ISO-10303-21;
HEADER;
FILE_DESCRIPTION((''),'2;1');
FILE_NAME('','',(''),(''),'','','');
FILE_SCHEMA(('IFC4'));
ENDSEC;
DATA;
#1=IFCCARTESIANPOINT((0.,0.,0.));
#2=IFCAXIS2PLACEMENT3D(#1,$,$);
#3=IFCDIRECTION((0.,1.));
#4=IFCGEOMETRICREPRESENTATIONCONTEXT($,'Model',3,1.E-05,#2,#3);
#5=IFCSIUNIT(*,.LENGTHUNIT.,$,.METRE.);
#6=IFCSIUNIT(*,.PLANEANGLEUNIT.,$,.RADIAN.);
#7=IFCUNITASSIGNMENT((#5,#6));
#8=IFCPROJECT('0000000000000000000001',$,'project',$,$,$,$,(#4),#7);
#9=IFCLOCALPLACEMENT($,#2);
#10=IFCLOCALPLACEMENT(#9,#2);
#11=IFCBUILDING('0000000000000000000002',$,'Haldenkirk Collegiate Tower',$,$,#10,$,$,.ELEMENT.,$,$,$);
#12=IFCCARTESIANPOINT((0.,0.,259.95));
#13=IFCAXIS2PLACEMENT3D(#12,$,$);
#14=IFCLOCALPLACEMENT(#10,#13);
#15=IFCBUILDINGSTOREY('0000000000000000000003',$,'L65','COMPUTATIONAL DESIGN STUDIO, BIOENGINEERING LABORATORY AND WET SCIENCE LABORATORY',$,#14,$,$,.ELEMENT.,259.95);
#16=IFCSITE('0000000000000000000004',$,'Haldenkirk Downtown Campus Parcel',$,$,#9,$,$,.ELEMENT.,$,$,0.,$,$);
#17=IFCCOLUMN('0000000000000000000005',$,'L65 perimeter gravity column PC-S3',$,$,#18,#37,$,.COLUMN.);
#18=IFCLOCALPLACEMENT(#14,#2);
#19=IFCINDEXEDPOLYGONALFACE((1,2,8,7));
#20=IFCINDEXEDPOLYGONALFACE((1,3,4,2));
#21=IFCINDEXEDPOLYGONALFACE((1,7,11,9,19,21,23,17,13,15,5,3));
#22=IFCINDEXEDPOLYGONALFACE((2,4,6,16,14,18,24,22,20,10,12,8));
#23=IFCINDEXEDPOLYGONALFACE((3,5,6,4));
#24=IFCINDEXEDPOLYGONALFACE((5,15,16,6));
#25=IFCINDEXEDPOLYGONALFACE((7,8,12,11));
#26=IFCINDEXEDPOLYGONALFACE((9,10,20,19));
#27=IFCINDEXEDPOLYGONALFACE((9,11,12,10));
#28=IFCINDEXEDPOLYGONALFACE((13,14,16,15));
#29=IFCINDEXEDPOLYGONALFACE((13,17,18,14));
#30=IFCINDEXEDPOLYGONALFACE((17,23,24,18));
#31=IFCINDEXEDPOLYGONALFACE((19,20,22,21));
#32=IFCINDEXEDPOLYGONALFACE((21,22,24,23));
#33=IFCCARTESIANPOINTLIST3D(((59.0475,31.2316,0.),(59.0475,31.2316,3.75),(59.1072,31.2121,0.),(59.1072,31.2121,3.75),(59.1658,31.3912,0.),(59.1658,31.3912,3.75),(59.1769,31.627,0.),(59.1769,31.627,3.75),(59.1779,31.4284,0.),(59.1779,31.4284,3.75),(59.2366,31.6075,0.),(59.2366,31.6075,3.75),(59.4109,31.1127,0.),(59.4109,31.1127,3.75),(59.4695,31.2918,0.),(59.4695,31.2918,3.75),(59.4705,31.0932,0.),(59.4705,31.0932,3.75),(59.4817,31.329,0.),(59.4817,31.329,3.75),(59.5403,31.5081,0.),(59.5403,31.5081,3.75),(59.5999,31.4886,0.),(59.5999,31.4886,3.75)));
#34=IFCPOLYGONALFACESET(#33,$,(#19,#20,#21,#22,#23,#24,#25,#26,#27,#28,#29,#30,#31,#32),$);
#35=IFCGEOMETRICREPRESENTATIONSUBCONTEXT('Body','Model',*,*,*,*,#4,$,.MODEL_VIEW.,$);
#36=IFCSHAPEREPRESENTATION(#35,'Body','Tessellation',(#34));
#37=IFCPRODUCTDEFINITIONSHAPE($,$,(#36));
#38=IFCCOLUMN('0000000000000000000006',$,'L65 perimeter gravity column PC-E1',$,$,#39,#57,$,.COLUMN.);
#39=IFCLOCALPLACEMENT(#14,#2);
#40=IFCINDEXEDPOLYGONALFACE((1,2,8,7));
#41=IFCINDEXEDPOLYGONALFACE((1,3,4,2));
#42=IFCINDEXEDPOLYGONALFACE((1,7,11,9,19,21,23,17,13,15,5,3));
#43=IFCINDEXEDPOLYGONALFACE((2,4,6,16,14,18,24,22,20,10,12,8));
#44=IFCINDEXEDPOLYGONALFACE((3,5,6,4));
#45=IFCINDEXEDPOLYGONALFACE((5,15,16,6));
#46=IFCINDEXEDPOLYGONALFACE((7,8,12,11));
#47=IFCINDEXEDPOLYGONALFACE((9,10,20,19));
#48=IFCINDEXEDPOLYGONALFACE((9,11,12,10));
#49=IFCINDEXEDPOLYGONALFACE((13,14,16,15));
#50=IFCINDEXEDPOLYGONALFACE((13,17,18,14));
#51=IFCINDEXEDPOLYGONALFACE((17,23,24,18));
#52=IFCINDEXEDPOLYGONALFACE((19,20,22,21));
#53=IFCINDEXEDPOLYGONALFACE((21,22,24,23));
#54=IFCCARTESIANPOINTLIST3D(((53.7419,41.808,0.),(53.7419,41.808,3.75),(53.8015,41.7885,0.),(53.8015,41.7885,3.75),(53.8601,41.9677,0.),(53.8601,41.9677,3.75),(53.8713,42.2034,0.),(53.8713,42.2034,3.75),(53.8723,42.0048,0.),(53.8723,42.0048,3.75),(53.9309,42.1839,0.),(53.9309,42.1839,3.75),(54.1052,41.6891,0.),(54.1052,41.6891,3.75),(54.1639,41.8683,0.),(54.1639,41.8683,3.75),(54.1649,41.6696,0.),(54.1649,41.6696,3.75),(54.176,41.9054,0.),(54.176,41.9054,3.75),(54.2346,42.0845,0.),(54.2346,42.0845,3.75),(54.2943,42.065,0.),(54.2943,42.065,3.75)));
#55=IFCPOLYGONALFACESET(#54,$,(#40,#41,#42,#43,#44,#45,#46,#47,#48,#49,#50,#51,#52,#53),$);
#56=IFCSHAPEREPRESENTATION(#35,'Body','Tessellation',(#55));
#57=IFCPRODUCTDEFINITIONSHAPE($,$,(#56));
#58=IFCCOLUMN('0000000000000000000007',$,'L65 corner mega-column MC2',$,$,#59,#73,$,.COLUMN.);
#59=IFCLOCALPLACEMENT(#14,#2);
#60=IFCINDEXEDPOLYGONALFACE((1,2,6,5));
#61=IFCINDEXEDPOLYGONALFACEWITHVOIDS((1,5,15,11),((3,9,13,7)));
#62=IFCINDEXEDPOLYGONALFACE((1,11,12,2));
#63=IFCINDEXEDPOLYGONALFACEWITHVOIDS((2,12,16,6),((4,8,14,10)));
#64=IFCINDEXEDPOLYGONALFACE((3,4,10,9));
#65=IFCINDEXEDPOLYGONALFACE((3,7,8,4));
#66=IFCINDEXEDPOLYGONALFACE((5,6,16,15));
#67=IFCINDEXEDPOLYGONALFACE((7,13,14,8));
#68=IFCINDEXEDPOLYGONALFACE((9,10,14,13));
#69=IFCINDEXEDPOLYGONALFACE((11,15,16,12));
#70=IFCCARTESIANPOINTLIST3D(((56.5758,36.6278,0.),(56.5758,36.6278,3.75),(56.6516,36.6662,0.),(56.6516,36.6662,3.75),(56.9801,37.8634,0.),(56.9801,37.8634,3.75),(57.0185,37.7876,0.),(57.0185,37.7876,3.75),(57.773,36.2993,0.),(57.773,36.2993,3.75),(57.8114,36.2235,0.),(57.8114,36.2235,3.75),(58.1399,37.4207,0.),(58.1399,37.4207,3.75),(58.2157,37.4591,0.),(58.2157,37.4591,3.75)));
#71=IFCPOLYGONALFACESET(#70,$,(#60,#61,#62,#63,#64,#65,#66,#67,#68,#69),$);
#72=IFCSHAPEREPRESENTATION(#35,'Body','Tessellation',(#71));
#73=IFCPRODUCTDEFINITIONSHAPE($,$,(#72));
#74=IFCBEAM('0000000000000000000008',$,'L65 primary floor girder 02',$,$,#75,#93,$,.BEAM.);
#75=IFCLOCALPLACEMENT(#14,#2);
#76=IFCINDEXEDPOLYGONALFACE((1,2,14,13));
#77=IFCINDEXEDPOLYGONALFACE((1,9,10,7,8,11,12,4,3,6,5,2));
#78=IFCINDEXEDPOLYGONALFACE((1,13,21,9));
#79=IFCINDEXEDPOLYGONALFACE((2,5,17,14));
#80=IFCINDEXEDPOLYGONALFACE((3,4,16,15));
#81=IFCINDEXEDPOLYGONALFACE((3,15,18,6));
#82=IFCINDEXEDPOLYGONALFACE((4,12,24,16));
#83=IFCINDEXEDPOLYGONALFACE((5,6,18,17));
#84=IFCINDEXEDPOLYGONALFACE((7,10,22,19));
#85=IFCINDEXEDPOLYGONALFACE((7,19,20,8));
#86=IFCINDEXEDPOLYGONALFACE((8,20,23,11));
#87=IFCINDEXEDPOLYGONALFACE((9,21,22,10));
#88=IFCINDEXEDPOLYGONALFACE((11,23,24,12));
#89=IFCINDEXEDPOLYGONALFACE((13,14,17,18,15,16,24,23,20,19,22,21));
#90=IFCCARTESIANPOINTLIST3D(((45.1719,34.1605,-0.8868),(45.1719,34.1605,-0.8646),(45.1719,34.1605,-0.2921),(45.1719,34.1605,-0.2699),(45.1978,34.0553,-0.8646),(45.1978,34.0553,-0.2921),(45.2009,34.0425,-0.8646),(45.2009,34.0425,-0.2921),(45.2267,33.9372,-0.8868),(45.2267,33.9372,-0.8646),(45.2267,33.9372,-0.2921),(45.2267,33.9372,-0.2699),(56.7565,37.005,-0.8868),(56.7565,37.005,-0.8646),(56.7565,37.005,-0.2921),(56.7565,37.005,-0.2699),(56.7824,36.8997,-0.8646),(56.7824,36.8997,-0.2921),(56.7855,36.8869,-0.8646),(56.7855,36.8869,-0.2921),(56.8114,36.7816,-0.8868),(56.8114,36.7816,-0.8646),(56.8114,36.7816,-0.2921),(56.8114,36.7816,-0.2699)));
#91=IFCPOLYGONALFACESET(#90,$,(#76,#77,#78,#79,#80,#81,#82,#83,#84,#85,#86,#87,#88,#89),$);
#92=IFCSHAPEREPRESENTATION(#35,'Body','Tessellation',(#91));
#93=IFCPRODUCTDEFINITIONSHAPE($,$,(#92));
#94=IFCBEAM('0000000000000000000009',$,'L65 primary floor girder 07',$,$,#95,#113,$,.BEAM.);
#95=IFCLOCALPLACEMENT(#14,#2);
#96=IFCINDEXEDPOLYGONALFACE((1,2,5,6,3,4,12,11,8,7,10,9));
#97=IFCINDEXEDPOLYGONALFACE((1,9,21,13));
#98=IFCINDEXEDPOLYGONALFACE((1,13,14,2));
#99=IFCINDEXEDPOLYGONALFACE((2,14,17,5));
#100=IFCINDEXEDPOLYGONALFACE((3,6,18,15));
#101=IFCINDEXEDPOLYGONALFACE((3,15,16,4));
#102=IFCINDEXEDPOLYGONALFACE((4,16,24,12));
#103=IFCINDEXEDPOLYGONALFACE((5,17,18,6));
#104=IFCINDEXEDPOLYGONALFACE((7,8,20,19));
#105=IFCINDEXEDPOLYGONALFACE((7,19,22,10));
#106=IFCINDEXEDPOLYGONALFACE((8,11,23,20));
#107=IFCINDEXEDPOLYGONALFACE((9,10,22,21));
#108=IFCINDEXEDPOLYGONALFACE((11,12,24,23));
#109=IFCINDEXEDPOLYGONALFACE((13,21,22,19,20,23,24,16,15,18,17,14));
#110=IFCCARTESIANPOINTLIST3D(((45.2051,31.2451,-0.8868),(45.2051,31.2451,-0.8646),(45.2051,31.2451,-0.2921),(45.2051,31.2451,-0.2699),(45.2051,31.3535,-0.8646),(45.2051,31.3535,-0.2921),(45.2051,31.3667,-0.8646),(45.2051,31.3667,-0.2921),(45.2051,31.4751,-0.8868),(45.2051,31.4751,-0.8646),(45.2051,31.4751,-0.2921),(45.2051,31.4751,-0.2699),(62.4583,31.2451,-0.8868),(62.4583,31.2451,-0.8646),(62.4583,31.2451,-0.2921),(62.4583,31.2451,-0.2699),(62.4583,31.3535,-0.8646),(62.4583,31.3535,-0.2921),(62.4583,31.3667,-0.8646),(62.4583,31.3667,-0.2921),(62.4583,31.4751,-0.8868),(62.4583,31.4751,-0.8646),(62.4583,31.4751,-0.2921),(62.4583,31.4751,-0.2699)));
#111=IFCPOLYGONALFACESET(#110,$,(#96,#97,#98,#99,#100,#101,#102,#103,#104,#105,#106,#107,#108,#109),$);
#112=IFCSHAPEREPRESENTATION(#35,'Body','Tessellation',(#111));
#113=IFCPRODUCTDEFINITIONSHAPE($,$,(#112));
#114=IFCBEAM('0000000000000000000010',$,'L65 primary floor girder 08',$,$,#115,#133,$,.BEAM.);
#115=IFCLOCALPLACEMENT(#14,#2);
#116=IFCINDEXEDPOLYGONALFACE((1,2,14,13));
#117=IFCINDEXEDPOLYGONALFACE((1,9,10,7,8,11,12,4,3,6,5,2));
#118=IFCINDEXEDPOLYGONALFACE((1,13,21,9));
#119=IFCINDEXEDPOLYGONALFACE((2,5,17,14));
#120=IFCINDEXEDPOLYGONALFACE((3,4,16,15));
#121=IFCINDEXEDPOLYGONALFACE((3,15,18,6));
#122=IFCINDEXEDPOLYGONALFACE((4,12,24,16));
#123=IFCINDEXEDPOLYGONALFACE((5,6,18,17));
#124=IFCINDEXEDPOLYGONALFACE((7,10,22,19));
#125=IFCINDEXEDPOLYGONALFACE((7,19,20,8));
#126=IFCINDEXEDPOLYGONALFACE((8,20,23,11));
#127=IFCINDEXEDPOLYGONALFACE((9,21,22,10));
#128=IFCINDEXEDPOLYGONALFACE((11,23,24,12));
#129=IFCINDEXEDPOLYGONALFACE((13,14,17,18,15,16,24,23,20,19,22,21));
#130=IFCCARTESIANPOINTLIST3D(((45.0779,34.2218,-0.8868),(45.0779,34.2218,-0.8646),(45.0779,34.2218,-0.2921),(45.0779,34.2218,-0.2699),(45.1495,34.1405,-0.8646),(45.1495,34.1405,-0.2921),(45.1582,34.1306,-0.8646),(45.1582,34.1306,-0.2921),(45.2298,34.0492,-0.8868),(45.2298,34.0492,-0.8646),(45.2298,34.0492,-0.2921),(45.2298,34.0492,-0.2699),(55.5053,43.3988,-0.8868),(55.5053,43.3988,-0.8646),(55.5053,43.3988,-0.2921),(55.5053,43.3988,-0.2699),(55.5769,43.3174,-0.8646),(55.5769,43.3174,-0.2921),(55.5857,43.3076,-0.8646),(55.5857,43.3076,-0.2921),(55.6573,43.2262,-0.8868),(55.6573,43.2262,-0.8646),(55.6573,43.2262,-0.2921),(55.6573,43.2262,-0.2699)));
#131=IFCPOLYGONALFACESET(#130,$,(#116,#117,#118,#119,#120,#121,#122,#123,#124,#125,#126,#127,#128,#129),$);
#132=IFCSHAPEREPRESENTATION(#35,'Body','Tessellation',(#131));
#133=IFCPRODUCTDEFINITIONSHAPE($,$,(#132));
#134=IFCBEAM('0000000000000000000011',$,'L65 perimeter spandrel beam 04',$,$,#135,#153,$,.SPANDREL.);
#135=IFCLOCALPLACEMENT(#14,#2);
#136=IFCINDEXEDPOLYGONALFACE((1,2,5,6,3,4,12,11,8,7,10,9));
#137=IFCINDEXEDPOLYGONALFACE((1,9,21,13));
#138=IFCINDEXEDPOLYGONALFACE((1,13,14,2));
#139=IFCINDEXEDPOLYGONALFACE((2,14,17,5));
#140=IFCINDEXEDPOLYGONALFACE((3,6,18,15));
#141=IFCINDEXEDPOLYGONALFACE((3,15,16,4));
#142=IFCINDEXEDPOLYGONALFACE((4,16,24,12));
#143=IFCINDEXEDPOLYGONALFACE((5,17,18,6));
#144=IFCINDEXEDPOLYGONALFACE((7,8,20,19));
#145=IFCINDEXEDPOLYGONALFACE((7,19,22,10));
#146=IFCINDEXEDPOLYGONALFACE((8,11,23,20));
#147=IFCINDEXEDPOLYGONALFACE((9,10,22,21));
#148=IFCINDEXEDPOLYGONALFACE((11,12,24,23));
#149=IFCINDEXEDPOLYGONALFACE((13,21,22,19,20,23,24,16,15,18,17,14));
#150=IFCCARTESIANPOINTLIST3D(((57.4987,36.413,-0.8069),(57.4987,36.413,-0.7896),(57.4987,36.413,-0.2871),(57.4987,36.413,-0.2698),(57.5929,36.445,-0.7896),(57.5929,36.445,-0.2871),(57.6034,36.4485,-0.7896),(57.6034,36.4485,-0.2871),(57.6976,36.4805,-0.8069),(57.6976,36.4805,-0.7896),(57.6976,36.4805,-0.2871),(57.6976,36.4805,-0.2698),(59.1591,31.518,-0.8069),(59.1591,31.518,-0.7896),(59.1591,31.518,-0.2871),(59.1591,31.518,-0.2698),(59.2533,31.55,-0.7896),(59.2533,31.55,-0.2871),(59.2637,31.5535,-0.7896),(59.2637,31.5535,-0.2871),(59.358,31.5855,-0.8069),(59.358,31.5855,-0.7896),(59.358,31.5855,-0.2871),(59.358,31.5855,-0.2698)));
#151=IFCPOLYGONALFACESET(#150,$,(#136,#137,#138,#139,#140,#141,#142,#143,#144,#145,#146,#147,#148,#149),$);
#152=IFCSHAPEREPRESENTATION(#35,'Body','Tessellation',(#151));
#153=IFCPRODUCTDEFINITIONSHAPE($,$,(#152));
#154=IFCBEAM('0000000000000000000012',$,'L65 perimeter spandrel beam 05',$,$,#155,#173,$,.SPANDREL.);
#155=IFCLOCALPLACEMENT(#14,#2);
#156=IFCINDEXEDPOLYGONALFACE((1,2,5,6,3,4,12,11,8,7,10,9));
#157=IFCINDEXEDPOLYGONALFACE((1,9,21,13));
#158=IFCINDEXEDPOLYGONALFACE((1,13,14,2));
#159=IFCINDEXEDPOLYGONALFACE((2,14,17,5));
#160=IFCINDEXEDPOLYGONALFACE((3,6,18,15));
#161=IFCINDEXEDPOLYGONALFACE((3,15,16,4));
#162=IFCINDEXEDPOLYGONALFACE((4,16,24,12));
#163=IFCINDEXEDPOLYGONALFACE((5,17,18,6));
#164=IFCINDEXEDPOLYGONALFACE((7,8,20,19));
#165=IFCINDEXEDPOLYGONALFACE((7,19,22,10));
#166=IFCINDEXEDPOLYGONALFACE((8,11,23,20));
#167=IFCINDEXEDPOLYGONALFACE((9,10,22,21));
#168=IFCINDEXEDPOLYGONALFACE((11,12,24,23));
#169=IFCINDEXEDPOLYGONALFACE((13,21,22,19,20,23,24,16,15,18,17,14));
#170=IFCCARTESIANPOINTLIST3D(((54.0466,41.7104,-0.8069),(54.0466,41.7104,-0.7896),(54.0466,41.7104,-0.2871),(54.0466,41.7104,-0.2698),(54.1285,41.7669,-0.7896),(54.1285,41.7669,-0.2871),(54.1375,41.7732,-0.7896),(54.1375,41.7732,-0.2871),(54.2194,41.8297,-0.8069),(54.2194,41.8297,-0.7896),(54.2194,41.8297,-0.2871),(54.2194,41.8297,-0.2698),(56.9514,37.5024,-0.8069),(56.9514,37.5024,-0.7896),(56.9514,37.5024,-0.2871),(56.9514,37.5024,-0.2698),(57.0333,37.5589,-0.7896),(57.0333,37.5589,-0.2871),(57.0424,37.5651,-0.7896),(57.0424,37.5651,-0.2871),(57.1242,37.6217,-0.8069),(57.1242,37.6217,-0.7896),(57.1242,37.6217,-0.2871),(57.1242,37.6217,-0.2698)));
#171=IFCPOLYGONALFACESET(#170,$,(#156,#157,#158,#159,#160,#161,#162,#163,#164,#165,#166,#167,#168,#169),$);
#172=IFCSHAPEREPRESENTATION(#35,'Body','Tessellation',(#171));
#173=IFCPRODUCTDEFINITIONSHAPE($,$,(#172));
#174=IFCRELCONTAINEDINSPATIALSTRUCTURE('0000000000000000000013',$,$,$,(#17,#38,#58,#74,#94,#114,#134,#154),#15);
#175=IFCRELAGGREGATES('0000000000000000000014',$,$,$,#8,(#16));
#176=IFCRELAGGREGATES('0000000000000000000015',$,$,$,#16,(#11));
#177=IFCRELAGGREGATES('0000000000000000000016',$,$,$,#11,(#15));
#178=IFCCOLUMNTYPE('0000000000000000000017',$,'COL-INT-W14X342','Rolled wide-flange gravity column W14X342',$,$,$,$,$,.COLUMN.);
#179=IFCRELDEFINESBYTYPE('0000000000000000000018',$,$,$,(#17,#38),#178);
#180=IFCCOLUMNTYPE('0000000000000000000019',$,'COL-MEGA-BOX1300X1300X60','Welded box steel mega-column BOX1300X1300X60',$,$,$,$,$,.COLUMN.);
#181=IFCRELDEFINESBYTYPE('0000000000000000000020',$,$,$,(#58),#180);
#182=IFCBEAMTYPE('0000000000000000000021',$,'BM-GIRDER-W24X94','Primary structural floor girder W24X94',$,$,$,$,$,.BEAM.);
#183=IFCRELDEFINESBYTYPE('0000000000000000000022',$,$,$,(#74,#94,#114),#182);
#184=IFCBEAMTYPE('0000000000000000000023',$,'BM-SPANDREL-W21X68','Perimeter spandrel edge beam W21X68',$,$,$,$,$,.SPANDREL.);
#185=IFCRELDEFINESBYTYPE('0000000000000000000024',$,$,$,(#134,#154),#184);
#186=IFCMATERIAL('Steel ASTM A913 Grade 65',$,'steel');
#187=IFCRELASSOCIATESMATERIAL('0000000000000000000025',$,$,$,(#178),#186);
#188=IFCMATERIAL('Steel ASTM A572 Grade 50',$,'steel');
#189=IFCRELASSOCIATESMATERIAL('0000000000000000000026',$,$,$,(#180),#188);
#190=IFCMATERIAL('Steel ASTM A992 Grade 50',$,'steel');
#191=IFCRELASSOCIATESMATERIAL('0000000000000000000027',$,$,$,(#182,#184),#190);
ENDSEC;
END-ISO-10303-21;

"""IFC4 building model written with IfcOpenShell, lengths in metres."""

from ifc_helpers import new_model, si_unit, direction, frame, origin, origin_2d, place, context, subcontext, project, spatial, hollow_rectangle, i_section, extrude, material, material_profile, profile_set, type_object, element, save


model = new_model("IFC4")

# Units and contexts
model_context = context("Model", 3, precision=1e-05, world=origin(), true_north=direction((0.0, 1.0)))
body_context = subcontext(model_context, "Body", "Model", "MODEL_VIEW")
ifc_project = project(units=[si_unit("LENGTHUNIT", "METRE"), si_unit("PLANEANGLEUNIT", "RADIAN")], contexts=[model_context])

# Site, building, storey
site_placement = place(None, origin())
site = spatial("IfcSite", under=ifc_project, at=site_placement, Name="Haldenkirk Downtown Campus Parcel", CompositionType="ELEMENT", RefElevation=0.0)
building_placement = place(site_placement, origin())
building = spatial("IfcBuilding", under=site, at=building_placement, Name="Haldenkirk Collegiate Tower", CompositionType="ELEMENT")
storey_placement = place(building_placement, frame((0.0, 0.0, 259.95)))
storey = spatial("IfcBuildingStorey", under=building, at=storey_placement, Name="L65", Description="COMPUTATIONAL DESIGN STUDIO, BIOENGINEERING LABORATORY AND WET SCIENCE LABORATORY", CompositionType="ELEMENT", Elevation=259.95)

# Columns
ifc_material_1 = material(Name="Steel ASTM A913 Grade 65", Category="steel")
ifc_material_profile_1 = material_profile(ifc_material_1, i_section(OverallWidth=0.416, OverallDepth=0.4451, WebThickness=0.0391, FlangeThickness=0.0627, at=origin_2d()), Name="W14X342")
ifc_profile_set_1 = profile_set([ifc_material_profile_1], Name="Steel ASTM A913 Grade 65")
column_type_1 = type_object("IfcColumnType", Name="COL-INT-W14X342", Description="Rolled wide-flange gravity column W14X342", PredefinedType="COLUMN", material=ifc_profile_set_1)
for number, where, z_axis, x_axis, name in (
    (1, (59.3237, 31.3601, 0.0), (0.0, 0.0, 1.0), (0.311008, 0.950407, 0.0), "L65 perimeter gravity column PC-S3"),
    (2, (54.0181, 41.9365, 0.0), (0.0, 0.0, 1.0), (0.311008, 0.950407, 0.0), "L65 perimeter gravity column PC-E1"),
):
    element("IfcColumn", number, at=place(storey_placement, frame(where, z_axis=z_axis, x_axis=x_axis)), inside=storey, type_object=column_type_1, Name=name, PredefinedType="COLUMN", context=body_context, shape_type="SweptSolid", body=[
        extrude(i_section(OverallWidth=0.416, OverallDepth=0.4451, WebThickness=0.0391, FlangeThickness=0.0627, at=origin_2d()), origin(), (0.0, 0.0, 1.0), 3.75),
    ])
ifc_material_2 = material(Name="Steel ASTM A572 Grade 50", Category="steel")
ifc_material_profile_2 = material_profile(ifc_material_2, hollow_rectangle(XDim=1.3, YDim=1.3, WallThickness=0.0601, at=origin_2d()), Name="BOX1300X1300X60")
ifc_profile_set_2 = profile_set([ifc_material_profile_2], Name="Steel ASTM A572 Grade 50")
column_type_2 = type_object("IfcColumnType", Name="COL-MEGA-BOX1300X1300X60", Description="Welded box steel mega-column BOX1300X1300X60", PredefinedType="COLUMN", material=ifc_profile_set_2)
column_placement = place(storey_placement, frame((57.3958, 37.0435, 0.0), z_axis=(0.0, 0.0, 1.0), x_axis=(0.311008, 0.950407, 0.0)))
element("IfcColumn", 3, at=column_placement, inside=storey, type_object=column_type_2, Name="L65 corner mega-column MC2", PredefinedType="COLUMN", context=body_context, shape_type="SweptSolid", body=[
    extrude(hollow_rectangle(XDim=1.3, YDim=1.3, WallThickness=0.0601, at=origin_2d()), origin(), (0.0, 0.0, 1.0), 3.75),
])

# Beams
ifc_material_3 = material(Name="Steel ASTM A992 Grade 50", Category="steel")
ifc_material_profile_3 = material_profile(ifc_material_3, i_section(OverallWidth=0.23, OverallDepth=0.6169, WebThickness=0.0132, FlangeThickness=0.0222, at=origin_2d()), Name="W24X94")
ifc_profile_set_3 = profile_set([ifc_material_profile_3], Name="Steel ASTM A992 Grade 50")
beam_type_1 = type_object("IfcBeamType", Name="BM-GIRDER-W24X94", Description="Primary structural floor girder W24X94", PredefinedType="BEAM", material=ifc_profile_set_3)
beam_1_placement = place(storey_placement, frame((56.7839, 36.8933, -0.5784), z_axis=(-0.971154, -0.238455, 0.0), x_axis=(0.238455, -0.971154, 0.0)))
element("IfcBeam", 4, at=beam_1_placement, inside=storey, type_object=beam_type_1, Name="L65 primary floor girder 02", PredefinedType="BEAM", context=body_context, shape_type="SweptSolid", body=[
    extrude(i_section(OverallWidth=0.23, OverallDepth=0.6169, WebThickness=0.0132, FlangeThickness=0.0222, at=origin_2d()), origin(), (0.0, 0.0, 1.0), 11.9287),
])
beam_2_placement = place(storey_placement, frame((62.4583, 31.3601, -0.5784), z_axis=(-1.0, 0.0, 0.0), x_axis=(0.0, -1.0, 0.0)))
element("IfcBeam", 5, at=beam_2_placement, inside=storey, type_object=beam_type_1, Name="L65 primary floor girder 07", PredefinedType="BEAM", context=body_context, shape_type="SweptSolid", body=[
    extrude(i_section(OverallWidth=0.23, OverallDepth=0.6169, WebThickness=0.0132, FlangeThickness=0.0222, at=origin_2d()), origin(), (0.0, 0.0, 1.0), 17.2532),
])
beam_3_placement = place(storey_placement, frame((55.5813, 43.3125, -0.5784), z_axis=(-0.750685, -0.660661, 0.0), x_axis=(0.660661, -0.750685, 0.0)))
element("IfcBeam", 6, at=beam_3_placement, inside=storey, type_object=beam_type_1, Name="L65 primary floor girder 08", PredefinedType="BEAM", context=body_context, shape_type="SweptSolid", body=[
    extrude(i_section(OverallWidth=0.23, OverallDepth=0.6169, WebThickness=0.0132, FlangeThickness=0.0222, at=origin_2d()), origin(), (0.0, 0.0, 1.0), 13.8906),
])
ifc_material_profile_4 = material_profile(ifc_material_3, i_section(OverallWidth=0.21, OverallDepth=0.5371, WebThickness=0.011, FlangeThickness=0.0173, at=origin_2d()), Name="W21X68")
ifc_profile_set_4 = profile_set([ifc_material_profile_4], Name="Steel ASTM A992 Grade 50")
beam_type_2 = type_object("IfcBeamType", Name="BM-SPANDREL-W21X68", Description="Perimeter spandrel edge beam W21X68", PredefinedType="SPANDREL", material=ifc_profile_set_4)
beam_4_placement = place(storey_placement, frame((59.2585, 31.5518, -0.5383), z_axis=(-0.321225, 0.947003, 0.0), x_axis=(-0.947003, -0.321225, 0.0)))
element("IfcBeam", 7, at=beam_4_placement, inside=storey, type_object=beam_type_2, Name="L65 perimeter spandrel beam 04", PredefinedType="SPANDREL", context=body_context, shape_type="SweptSolid", body=[
    extrude(i_section(OverallWidth=0.21, OverallDepth=0.5371, WebThickness=0.011, FlangeThickness=0.0173, at=origin_2d()), origin(), (0.0, 0.0, 1.0), 5.1689),
])
beam_5_placement = place(storey_placement, frame((57.0378, 37.562, -0.5383), z_axis=(-0.568092, 0.822965, 0.0), x_axis=(-0.822965, -0.568092, 0.0)))
element("IfcBeam", 8, at=beam_5_placement, inside=storey, type_object=beam_type_2, Name="L65 perimeter spandrel beam 05", PredefinedType="SPANDREL", context=body_context, shape_type="SweptSolid", body=[
    extrude(i_section(OverallWidth=0.21, OverallDepth=0.5371, WebThickness=0.011, FlangeThickness=0.0173, at=origin_2d()), origin(), (0.0, 0.0, 1.0), 5.1133),
])

save(model, "model.ifc")
